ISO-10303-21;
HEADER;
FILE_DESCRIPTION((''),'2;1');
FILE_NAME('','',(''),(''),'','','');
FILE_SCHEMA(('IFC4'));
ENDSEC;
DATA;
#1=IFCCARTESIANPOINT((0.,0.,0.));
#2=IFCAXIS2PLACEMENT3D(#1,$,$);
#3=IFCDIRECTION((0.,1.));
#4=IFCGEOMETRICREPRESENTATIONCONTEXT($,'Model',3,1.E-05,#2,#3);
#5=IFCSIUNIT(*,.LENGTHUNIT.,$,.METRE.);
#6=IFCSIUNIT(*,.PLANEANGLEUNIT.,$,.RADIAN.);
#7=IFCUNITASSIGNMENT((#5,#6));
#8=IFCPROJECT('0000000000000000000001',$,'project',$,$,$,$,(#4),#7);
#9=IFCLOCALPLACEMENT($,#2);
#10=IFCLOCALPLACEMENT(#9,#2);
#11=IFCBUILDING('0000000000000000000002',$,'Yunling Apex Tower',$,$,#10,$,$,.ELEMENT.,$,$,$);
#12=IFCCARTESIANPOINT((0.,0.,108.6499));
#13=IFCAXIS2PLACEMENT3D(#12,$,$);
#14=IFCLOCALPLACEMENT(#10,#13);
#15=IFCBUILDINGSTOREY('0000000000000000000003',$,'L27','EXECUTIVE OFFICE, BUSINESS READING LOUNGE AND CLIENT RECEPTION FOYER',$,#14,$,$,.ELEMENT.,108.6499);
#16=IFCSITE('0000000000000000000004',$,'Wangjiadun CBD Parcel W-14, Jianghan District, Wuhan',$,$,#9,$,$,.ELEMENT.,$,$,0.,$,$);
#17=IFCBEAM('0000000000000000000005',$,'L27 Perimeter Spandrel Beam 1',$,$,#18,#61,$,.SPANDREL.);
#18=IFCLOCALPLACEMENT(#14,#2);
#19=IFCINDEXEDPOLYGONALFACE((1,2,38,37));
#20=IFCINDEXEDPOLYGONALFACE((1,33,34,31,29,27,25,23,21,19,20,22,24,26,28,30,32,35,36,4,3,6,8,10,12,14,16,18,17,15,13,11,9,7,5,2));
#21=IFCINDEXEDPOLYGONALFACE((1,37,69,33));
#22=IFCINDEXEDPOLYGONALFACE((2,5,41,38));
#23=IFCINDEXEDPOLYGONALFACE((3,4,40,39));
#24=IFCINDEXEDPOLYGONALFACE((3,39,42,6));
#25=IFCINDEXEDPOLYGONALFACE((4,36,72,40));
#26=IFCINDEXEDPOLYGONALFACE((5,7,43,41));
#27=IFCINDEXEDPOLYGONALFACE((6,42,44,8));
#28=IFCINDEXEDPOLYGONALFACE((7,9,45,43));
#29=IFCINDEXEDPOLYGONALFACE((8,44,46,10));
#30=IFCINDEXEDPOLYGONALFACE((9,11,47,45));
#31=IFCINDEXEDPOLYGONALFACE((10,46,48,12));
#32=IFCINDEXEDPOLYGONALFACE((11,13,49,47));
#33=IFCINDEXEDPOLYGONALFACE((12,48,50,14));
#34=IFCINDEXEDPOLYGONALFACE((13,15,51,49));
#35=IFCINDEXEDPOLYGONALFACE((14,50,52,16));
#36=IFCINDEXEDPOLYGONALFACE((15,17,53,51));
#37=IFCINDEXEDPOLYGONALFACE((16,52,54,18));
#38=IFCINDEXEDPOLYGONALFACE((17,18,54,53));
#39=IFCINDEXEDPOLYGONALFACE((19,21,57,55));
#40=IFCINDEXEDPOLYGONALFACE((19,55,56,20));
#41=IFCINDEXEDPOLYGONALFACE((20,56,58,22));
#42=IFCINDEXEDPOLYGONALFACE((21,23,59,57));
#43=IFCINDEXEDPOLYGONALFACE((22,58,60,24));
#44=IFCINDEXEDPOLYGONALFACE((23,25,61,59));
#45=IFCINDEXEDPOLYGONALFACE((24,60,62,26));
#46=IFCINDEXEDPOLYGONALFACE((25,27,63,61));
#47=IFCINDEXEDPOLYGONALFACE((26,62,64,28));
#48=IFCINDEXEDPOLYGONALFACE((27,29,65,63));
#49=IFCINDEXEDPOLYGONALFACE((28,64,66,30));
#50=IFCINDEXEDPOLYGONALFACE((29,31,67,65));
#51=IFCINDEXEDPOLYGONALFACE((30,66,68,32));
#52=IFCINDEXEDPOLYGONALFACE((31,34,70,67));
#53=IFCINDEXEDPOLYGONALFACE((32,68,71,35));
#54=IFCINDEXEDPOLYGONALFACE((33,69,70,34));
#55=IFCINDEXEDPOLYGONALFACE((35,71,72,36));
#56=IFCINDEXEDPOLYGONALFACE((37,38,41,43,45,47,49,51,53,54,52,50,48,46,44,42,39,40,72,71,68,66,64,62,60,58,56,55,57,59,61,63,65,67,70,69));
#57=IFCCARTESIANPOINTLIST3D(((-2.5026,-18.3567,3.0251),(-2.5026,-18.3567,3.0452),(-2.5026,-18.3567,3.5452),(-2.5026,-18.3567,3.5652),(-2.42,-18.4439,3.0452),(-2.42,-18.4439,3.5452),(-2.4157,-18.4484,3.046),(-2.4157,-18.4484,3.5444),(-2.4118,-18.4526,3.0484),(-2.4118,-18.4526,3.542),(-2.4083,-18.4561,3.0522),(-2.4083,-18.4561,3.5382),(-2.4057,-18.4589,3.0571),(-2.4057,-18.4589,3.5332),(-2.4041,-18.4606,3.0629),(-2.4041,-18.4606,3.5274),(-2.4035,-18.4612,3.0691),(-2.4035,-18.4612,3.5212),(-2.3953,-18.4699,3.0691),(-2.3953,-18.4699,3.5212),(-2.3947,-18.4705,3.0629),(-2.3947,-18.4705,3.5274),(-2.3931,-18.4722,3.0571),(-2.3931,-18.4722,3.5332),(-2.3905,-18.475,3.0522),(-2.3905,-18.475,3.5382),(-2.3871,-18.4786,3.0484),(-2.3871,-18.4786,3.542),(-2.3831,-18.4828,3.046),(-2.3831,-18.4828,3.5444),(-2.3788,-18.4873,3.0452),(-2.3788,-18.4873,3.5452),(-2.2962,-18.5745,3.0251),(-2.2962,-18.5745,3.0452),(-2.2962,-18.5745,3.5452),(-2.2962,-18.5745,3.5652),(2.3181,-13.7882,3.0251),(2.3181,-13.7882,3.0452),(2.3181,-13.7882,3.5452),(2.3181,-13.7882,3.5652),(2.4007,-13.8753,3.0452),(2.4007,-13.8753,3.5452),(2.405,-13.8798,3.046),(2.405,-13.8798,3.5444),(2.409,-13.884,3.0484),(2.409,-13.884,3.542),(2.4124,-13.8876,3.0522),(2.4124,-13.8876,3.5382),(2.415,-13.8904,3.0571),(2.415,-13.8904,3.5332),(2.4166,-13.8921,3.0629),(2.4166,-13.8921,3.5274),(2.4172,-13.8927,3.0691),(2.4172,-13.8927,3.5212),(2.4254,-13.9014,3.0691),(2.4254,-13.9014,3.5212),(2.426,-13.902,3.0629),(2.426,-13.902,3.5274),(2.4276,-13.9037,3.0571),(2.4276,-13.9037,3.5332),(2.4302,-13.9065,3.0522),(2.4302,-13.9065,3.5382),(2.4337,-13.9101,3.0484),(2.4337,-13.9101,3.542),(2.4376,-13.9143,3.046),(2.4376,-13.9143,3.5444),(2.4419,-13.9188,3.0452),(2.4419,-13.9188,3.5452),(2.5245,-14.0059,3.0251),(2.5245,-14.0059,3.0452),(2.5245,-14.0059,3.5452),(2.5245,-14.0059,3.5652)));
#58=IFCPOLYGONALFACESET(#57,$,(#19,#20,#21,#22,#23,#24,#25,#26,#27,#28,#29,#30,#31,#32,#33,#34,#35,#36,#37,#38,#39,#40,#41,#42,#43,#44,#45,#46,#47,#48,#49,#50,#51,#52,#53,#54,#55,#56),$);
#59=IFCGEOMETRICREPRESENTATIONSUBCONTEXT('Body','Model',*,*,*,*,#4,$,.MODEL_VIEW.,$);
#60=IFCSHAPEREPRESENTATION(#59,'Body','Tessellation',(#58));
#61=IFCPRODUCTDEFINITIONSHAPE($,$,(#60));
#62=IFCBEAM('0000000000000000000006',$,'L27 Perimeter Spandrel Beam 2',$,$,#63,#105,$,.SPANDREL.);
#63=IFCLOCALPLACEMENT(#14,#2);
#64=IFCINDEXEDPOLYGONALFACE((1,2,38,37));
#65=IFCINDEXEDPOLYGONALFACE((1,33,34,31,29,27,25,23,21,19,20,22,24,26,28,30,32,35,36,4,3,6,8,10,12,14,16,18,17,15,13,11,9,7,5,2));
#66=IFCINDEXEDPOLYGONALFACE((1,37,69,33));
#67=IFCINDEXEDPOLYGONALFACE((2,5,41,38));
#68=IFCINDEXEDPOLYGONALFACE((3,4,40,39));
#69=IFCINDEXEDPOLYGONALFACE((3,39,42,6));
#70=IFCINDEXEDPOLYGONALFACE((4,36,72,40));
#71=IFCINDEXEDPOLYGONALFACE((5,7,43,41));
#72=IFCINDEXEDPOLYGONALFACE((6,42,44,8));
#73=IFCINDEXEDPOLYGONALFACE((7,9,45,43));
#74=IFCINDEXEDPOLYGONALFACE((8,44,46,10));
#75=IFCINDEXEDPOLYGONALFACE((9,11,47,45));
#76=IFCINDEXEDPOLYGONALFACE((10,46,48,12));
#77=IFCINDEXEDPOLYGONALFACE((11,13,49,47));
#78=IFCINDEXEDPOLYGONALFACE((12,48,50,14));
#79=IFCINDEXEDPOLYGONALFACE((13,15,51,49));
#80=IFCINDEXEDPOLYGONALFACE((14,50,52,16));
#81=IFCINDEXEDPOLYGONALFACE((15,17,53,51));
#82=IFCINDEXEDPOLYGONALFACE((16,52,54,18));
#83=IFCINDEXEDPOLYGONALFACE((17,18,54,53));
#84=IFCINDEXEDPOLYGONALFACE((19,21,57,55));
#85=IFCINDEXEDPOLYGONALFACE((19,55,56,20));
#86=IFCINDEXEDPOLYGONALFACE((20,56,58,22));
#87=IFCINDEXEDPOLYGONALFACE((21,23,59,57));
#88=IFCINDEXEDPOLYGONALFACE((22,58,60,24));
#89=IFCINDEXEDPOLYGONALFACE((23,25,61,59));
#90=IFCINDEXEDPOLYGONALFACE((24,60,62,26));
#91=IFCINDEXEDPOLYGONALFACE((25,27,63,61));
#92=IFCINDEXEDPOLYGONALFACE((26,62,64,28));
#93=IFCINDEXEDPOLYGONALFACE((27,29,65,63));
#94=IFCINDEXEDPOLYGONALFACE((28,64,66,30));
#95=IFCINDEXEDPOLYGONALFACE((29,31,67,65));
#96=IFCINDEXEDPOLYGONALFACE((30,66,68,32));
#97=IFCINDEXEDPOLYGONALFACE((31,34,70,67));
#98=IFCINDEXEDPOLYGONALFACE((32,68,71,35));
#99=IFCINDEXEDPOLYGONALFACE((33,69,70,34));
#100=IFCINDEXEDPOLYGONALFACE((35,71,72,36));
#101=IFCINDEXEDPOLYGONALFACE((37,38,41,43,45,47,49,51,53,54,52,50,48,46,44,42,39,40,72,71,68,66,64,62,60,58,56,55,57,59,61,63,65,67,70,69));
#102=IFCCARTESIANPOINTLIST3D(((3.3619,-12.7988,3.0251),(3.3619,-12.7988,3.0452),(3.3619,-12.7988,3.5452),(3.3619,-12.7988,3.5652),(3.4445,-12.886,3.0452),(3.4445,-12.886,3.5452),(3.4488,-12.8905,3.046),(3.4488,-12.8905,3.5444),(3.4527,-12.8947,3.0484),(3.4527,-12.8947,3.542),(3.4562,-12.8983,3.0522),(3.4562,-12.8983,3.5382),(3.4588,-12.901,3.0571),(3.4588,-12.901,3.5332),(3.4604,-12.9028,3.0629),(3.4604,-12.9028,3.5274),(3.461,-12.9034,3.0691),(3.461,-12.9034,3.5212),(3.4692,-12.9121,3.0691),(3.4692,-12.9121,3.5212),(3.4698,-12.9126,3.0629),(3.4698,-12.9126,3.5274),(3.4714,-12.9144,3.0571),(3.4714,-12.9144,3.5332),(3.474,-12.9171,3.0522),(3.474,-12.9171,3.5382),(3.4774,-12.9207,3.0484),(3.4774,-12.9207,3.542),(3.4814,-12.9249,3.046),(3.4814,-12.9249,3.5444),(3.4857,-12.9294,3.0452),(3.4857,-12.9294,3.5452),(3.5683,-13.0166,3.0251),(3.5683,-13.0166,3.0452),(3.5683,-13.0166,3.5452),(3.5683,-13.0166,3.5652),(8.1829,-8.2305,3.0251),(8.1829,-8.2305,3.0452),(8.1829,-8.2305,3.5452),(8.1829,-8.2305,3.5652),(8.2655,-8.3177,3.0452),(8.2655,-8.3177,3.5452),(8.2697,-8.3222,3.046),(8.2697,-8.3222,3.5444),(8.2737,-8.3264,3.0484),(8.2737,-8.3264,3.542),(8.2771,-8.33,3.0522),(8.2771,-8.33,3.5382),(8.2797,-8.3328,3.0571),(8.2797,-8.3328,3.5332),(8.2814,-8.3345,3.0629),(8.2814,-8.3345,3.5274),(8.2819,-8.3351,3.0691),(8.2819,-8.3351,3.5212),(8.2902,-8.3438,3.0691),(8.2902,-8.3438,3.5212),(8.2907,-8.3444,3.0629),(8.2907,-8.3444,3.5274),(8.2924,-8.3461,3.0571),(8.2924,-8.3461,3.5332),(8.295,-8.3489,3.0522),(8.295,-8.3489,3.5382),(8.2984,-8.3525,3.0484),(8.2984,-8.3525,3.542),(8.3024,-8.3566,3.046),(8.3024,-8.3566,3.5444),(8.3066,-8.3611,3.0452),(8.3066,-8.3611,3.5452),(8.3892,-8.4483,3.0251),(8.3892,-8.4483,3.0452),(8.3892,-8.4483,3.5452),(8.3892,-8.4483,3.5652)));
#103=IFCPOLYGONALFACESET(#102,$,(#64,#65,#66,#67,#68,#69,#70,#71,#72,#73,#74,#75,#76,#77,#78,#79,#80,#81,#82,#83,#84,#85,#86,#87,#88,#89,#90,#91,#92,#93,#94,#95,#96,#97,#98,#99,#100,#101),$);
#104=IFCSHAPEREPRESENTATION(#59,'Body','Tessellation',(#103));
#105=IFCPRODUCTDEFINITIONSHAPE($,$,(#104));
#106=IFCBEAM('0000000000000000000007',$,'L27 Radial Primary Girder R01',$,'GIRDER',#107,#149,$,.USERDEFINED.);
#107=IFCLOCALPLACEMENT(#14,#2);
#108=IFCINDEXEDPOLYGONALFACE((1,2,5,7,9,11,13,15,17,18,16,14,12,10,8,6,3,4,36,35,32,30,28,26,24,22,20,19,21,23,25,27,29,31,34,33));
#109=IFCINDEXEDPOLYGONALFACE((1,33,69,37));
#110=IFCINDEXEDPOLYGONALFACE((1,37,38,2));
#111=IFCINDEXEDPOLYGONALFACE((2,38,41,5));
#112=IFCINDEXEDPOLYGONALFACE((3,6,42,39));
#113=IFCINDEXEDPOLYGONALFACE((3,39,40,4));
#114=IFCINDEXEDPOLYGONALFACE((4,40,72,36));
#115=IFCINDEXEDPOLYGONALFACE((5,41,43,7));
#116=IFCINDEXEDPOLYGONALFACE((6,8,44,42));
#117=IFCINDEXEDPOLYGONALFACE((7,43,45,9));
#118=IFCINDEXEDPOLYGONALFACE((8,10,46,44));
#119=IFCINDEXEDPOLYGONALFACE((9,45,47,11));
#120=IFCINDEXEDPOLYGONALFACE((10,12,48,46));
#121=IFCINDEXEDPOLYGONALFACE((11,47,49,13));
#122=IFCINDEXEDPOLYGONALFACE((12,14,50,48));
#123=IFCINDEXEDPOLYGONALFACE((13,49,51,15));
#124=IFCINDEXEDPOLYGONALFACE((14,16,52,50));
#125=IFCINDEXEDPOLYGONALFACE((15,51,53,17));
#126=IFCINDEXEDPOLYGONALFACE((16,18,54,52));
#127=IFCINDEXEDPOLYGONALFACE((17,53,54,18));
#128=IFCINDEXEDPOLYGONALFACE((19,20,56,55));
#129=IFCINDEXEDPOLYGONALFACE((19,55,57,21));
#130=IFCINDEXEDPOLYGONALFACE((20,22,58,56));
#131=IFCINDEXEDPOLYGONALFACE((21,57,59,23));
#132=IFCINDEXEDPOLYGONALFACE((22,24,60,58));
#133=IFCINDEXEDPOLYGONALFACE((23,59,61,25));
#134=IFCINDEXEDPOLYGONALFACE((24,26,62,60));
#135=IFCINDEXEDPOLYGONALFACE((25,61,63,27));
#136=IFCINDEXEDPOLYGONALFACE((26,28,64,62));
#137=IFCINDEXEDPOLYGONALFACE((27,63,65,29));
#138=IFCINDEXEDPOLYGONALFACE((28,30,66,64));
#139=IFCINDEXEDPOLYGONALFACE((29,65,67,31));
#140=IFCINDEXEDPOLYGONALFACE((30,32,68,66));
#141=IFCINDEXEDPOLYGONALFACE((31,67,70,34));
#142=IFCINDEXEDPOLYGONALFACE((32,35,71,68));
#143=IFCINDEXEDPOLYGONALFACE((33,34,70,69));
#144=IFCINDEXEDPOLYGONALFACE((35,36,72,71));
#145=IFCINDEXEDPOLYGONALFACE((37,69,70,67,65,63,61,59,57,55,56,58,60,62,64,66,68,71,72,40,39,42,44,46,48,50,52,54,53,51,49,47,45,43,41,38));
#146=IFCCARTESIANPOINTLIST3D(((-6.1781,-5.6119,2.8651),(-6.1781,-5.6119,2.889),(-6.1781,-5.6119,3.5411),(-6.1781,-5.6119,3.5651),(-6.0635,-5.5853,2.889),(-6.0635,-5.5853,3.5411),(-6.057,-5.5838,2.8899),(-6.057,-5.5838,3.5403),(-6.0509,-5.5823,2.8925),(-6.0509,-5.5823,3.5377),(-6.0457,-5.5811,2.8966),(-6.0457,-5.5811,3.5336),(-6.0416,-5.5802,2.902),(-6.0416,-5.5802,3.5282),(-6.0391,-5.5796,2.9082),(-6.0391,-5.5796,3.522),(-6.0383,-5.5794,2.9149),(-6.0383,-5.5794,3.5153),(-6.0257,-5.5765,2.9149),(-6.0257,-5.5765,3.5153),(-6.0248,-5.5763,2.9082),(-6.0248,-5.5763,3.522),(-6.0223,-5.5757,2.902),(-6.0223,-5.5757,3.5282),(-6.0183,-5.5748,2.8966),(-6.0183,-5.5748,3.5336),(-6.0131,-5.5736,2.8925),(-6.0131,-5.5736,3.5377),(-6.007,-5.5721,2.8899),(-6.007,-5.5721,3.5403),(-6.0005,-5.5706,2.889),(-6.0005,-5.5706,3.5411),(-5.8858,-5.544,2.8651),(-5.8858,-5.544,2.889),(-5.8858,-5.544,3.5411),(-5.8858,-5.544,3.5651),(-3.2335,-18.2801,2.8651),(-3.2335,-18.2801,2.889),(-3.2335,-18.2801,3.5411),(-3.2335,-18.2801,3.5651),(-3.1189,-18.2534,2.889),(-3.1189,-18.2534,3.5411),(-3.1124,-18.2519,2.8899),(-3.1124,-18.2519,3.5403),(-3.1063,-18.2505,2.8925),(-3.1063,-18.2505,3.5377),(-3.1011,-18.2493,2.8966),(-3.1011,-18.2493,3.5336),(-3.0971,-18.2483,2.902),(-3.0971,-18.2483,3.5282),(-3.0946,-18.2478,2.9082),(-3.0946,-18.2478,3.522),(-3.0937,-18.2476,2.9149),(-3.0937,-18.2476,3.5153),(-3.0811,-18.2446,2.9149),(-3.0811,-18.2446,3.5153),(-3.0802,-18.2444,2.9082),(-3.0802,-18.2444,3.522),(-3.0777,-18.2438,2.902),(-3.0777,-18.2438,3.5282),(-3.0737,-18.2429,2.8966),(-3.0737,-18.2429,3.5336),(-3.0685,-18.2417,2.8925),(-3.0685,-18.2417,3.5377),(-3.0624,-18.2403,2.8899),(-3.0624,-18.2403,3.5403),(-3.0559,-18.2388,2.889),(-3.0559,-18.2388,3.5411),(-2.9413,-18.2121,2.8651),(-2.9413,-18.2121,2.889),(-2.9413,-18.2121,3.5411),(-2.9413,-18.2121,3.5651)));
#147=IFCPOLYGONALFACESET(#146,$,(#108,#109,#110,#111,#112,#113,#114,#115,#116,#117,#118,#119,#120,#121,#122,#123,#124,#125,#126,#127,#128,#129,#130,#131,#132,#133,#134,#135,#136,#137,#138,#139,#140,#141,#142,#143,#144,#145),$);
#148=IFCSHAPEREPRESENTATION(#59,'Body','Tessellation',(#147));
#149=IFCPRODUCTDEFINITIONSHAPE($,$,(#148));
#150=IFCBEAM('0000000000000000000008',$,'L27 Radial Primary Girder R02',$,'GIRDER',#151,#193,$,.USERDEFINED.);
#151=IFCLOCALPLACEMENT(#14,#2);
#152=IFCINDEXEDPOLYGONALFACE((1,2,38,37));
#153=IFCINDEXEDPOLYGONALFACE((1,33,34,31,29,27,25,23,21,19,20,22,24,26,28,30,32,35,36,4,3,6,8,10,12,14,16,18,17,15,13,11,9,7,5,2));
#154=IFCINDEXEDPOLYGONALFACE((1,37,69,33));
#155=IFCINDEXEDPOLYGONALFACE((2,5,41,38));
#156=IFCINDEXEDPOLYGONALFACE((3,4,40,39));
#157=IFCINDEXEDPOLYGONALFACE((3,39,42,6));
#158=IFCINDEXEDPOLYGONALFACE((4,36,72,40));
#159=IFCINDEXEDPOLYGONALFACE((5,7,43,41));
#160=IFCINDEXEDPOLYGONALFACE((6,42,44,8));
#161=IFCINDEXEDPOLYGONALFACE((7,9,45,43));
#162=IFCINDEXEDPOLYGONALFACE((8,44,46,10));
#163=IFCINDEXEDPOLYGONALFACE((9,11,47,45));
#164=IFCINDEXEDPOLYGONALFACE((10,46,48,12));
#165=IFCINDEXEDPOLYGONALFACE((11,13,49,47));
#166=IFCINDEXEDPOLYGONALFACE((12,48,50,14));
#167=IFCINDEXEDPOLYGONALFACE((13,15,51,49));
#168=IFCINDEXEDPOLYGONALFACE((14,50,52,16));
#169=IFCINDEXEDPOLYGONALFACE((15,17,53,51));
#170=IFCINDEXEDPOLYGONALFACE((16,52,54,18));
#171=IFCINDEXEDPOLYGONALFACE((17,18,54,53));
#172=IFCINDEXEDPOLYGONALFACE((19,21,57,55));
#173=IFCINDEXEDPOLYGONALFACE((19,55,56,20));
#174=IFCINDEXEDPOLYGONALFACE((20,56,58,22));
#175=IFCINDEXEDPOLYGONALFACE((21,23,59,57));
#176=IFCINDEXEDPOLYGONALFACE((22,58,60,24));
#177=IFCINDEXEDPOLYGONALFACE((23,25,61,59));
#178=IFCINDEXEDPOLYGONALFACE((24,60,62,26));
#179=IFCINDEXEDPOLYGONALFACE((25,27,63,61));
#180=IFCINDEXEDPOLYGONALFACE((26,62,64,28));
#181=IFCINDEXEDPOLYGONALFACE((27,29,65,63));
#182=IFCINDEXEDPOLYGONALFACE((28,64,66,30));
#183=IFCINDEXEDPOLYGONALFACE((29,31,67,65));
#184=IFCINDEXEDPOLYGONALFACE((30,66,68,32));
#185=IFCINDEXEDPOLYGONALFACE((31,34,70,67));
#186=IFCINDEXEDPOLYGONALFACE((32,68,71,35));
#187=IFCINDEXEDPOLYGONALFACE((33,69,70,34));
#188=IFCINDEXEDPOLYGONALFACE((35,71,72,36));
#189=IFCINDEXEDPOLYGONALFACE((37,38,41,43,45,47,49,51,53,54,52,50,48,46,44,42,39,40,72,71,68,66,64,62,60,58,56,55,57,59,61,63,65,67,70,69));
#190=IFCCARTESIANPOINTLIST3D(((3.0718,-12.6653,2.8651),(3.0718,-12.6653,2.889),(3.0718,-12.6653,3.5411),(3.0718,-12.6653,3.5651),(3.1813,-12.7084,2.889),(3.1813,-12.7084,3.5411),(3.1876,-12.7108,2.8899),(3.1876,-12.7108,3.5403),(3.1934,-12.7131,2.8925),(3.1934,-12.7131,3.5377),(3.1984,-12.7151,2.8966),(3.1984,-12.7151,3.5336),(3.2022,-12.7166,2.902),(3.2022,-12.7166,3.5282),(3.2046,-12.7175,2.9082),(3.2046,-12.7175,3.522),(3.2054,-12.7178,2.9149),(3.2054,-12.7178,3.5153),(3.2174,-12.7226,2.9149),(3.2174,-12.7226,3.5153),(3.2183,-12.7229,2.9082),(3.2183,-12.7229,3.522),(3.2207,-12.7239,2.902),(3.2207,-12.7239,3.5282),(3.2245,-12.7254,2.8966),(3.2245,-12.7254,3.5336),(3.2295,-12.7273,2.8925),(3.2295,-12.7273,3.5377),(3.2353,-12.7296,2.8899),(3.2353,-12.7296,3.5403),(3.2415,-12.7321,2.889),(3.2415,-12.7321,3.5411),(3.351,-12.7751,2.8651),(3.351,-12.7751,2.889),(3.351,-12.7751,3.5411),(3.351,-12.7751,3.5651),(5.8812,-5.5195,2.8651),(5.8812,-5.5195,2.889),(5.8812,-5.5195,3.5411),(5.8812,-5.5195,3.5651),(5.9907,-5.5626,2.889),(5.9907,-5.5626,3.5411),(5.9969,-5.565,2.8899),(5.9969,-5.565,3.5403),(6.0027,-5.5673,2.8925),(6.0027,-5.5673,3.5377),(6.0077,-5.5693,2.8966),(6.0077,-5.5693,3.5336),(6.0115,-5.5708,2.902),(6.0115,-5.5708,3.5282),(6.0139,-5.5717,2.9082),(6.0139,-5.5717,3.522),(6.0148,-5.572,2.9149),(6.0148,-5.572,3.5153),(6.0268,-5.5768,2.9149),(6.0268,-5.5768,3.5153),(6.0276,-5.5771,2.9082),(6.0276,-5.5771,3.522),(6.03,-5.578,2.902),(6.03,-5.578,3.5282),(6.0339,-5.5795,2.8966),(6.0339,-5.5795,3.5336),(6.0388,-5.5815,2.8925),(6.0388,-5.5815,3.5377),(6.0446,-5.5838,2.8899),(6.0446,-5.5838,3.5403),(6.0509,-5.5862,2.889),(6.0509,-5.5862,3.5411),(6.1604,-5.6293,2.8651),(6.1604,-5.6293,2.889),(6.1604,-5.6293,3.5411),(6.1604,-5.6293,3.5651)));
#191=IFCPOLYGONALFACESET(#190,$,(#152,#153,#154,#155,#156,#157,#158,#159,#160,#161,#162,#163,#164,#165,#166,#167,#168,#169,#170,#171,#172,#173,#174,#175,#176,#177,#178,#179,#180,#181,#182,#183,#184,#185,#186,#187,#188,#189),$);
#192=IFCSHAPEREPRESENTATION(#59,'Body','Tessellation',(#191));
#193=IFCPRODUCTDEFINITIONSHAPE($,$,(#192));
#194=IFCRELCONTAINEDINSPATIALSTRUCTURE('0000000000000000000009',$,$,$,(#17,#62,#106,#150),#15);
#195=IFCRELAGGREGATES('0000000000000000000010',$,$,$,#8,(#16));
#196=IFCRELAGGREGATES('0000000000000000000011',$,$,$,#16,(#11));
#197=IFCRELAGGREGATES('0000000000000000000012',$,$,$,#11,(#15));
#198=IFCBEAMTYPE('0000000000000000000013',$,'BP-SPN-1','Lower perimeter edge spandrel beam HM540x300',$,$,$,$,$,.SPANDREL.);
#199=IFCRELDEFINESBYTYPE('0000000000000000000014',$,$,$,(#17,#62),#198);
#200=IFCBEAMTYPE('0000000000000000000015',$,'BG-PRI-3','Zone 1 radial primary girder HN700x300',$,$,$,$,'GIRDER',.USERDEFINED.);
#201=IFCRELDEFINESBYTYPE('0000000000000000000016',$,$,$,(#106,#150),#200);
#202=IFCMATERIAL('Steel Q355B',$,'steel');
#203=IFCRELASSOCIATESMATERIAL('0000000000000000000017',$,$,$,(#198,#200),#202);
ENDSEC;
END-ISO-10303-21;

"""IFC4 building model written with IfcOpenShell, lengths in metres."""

from ifc_helpers import new_model, si_unit, direction, frame, origin, origin_2d, place, context, subcontext, project, spatial, i_section, extrude, source, transform, mapped, material, material_profile, profile_set, type_object, element, save


model = new_model("IFC4")

# Units and contexts
model_context = context("Model", 3, precision=1e-05, world=origin(), true_north=direction((0.0, 1.0)))
body_context = subcontext(model_context, "Body", "Model", "MODEL_VIEW")
ifc_project = project(units=[si_unit("LENGTHUNIT", "METRE"), si_unit("PLANEANGLEUNIT", "RADIAN")], contexts=[model_context])

# Site, building, storey
site_placement = place(None, origin())
site = spatial("IfcSite", under=ifc_project, at=site_placement, Name="Wangjiadun CBD Parcel W-14, Jianghan District, Wuhan", CompositionType="ELEMENT", RefElevation=0.0)
building_placement = place(site_placement, origin())
building = spatial("IfcBuilding", under=site, at=building_placement, Name="Yunling Apex Tower", CompositionType="ELEMENT")
storey_placement = place(building_placement, frame((0.0, 0.0, 108.6499)))
storey = spatial("IfcBuildingStorey", under=building, at=storey_placement, Name="L27", Description="EXECUTIVE OFFICE, BUSINESS READING LOUNGE AND CLIENT RECEPTION FOYER", CompositionType="ELEMENT", Elevation=108.6499)

# Beams
ifc_material_1 = material(Name="Steel Q355B", Category="steel")
ifc_material_profile_1 = material_profile(ifc_material_1, i_section(OverallWidth=0.3, OverallDepth=0.54, WebThickness=0.012, FlangeThickness=0.02, FilletRadius=0.0239, at=origin_2d()))
ifc_profile_set_1 = profile_set([ifc_material_profile_1], Name="Steel Q355B")
beam_type_1 = type_object("IfcBeamType", Name="BP-SPN-1", Description="Lower perimeter edge spandrel beam HM540x300", PredefinedType="SPANDREL", material=ifc_profile_set_1)
shared_shape_1 = source(origin(), body_context, "Body", "SweptSolid", [
    extrude(i_section(OverallWidth=0.3, OverallDepth=0.54, WebThickness=0.012, FlangeThickness=0.02, FilletRadius=0.0239, at=origin_2d()), origin(), (0.0, 0.0, 1.0), 6.6416),
])
for number, where, z_axis, x_axis, name in (
    (1, (-2.3994, -18.4656, 3.2952), (0.725838, 0.687866, 0.0), (-0.687866, 0.725838, 0.0), "L27 Perimeter Spandrel Beam 1"),
    (2, (3.4651, -12.9077, 3.2952), (0.725873, 0.687828, 0.0), (-0.687828, 0.725873, 0.0), "L27 Perimeter Spandrel Beam 2"),
):
    element("IfcBeam", number, at=place(storey_placement, frame(where, z_axis=z_axis, x_axis=x_axis)), inside=storey, type_object=beam_type_1, Name=name, PredefinedType="SPANDREL", context=body_context, shape_type="MappedRepresentation", body=[
        mapped(shared_shape_1, transform((0.0, 0.0, 0.0), scale=1.0)),
    ])
ifc_material_profile_2 = material_profile(ifc_material_1, i_section(OverallWidth=0.3, OverallDepth=0.7, WebThickness=0.0129, FlangeThickness=0.0239, FilletRadius=0.0259, at=origin_2d()))
ifc_profile_set_2 = profile_set([ifc_material_profile_2], Name="Steel Q355B")
beam_type_2 = type_object("IfcBeamType", Name="BG-PRI-3", Description="Zone 1 radial primary girder HN700x300", ElementType="GIRDER", PredefinedType="USERDEFINED", material=ifc_profile_set_2)
shared_shape_2 = source(origin(), body_context, "Body", "SweptSolid", [
    extrude(i_section(OverallWidth=0.3, OverallDepth=0.7, WebThickness=0.0129, FlangeThickness=0.0239, FilletRadius=0.0259, at=origin_2d()), origin(), (0.0, 0.0, 1.0), 13.0059),
])
beam_1_placement = place(storey_placement, frame((-3.0874, -18.2461, 3.2151), z_axis=(-0.226403, 0.974034, 0.0), x_axis=(-0.974034, -0.226403, 0.0)))
element("IfcBeam", 3, at=beam_1_placement, inside=storey, type_object=beam_type_2, Name="L27 Radial Primary Girder R01", ObjectType="GIRDER", PredefinedType="USERDEFINED", context=body_context, shape_type="MappedRepresentation", body=[
    mapped(shared_shape_2, transform((0.0, 0.0, 0.0), scale=1.0)),
])
shared_shape_3 = source(origin(), body_context, "Body", "SweptSolid", [
    extrude(i_section(OverallWidth=0.3, OverallDepth=0.7, WebThickness=0.0129, FlangeThickness=0.0239, FilletRadius=0.0259, at=origin_2d()), origin(), (0.0, 0.0, 1.0), 7.6782),
])
beam_2_placement = place(storey_placement, frame((3.2114, -12.7202, 3.2151), z_axis=(0.365886, 0.93066, 0.0), x_axis=(-0.93066, 0.365886, 0.0)))
element("IfcBeam", 4, at=beam_2_placement, inside=storey, type_object=beam_type_2, Name="L27 Radial Primary Girder R02", ObjectType="GIRDER", PredefinedType="USERDEFINED", context=body_context, shape_type="MappedRepresentation", body=[
    mapped(shared_shape_3, transform((0.0, 0.0, 0.0), scale=1.0)),
])

save(model, "model.ifc")
